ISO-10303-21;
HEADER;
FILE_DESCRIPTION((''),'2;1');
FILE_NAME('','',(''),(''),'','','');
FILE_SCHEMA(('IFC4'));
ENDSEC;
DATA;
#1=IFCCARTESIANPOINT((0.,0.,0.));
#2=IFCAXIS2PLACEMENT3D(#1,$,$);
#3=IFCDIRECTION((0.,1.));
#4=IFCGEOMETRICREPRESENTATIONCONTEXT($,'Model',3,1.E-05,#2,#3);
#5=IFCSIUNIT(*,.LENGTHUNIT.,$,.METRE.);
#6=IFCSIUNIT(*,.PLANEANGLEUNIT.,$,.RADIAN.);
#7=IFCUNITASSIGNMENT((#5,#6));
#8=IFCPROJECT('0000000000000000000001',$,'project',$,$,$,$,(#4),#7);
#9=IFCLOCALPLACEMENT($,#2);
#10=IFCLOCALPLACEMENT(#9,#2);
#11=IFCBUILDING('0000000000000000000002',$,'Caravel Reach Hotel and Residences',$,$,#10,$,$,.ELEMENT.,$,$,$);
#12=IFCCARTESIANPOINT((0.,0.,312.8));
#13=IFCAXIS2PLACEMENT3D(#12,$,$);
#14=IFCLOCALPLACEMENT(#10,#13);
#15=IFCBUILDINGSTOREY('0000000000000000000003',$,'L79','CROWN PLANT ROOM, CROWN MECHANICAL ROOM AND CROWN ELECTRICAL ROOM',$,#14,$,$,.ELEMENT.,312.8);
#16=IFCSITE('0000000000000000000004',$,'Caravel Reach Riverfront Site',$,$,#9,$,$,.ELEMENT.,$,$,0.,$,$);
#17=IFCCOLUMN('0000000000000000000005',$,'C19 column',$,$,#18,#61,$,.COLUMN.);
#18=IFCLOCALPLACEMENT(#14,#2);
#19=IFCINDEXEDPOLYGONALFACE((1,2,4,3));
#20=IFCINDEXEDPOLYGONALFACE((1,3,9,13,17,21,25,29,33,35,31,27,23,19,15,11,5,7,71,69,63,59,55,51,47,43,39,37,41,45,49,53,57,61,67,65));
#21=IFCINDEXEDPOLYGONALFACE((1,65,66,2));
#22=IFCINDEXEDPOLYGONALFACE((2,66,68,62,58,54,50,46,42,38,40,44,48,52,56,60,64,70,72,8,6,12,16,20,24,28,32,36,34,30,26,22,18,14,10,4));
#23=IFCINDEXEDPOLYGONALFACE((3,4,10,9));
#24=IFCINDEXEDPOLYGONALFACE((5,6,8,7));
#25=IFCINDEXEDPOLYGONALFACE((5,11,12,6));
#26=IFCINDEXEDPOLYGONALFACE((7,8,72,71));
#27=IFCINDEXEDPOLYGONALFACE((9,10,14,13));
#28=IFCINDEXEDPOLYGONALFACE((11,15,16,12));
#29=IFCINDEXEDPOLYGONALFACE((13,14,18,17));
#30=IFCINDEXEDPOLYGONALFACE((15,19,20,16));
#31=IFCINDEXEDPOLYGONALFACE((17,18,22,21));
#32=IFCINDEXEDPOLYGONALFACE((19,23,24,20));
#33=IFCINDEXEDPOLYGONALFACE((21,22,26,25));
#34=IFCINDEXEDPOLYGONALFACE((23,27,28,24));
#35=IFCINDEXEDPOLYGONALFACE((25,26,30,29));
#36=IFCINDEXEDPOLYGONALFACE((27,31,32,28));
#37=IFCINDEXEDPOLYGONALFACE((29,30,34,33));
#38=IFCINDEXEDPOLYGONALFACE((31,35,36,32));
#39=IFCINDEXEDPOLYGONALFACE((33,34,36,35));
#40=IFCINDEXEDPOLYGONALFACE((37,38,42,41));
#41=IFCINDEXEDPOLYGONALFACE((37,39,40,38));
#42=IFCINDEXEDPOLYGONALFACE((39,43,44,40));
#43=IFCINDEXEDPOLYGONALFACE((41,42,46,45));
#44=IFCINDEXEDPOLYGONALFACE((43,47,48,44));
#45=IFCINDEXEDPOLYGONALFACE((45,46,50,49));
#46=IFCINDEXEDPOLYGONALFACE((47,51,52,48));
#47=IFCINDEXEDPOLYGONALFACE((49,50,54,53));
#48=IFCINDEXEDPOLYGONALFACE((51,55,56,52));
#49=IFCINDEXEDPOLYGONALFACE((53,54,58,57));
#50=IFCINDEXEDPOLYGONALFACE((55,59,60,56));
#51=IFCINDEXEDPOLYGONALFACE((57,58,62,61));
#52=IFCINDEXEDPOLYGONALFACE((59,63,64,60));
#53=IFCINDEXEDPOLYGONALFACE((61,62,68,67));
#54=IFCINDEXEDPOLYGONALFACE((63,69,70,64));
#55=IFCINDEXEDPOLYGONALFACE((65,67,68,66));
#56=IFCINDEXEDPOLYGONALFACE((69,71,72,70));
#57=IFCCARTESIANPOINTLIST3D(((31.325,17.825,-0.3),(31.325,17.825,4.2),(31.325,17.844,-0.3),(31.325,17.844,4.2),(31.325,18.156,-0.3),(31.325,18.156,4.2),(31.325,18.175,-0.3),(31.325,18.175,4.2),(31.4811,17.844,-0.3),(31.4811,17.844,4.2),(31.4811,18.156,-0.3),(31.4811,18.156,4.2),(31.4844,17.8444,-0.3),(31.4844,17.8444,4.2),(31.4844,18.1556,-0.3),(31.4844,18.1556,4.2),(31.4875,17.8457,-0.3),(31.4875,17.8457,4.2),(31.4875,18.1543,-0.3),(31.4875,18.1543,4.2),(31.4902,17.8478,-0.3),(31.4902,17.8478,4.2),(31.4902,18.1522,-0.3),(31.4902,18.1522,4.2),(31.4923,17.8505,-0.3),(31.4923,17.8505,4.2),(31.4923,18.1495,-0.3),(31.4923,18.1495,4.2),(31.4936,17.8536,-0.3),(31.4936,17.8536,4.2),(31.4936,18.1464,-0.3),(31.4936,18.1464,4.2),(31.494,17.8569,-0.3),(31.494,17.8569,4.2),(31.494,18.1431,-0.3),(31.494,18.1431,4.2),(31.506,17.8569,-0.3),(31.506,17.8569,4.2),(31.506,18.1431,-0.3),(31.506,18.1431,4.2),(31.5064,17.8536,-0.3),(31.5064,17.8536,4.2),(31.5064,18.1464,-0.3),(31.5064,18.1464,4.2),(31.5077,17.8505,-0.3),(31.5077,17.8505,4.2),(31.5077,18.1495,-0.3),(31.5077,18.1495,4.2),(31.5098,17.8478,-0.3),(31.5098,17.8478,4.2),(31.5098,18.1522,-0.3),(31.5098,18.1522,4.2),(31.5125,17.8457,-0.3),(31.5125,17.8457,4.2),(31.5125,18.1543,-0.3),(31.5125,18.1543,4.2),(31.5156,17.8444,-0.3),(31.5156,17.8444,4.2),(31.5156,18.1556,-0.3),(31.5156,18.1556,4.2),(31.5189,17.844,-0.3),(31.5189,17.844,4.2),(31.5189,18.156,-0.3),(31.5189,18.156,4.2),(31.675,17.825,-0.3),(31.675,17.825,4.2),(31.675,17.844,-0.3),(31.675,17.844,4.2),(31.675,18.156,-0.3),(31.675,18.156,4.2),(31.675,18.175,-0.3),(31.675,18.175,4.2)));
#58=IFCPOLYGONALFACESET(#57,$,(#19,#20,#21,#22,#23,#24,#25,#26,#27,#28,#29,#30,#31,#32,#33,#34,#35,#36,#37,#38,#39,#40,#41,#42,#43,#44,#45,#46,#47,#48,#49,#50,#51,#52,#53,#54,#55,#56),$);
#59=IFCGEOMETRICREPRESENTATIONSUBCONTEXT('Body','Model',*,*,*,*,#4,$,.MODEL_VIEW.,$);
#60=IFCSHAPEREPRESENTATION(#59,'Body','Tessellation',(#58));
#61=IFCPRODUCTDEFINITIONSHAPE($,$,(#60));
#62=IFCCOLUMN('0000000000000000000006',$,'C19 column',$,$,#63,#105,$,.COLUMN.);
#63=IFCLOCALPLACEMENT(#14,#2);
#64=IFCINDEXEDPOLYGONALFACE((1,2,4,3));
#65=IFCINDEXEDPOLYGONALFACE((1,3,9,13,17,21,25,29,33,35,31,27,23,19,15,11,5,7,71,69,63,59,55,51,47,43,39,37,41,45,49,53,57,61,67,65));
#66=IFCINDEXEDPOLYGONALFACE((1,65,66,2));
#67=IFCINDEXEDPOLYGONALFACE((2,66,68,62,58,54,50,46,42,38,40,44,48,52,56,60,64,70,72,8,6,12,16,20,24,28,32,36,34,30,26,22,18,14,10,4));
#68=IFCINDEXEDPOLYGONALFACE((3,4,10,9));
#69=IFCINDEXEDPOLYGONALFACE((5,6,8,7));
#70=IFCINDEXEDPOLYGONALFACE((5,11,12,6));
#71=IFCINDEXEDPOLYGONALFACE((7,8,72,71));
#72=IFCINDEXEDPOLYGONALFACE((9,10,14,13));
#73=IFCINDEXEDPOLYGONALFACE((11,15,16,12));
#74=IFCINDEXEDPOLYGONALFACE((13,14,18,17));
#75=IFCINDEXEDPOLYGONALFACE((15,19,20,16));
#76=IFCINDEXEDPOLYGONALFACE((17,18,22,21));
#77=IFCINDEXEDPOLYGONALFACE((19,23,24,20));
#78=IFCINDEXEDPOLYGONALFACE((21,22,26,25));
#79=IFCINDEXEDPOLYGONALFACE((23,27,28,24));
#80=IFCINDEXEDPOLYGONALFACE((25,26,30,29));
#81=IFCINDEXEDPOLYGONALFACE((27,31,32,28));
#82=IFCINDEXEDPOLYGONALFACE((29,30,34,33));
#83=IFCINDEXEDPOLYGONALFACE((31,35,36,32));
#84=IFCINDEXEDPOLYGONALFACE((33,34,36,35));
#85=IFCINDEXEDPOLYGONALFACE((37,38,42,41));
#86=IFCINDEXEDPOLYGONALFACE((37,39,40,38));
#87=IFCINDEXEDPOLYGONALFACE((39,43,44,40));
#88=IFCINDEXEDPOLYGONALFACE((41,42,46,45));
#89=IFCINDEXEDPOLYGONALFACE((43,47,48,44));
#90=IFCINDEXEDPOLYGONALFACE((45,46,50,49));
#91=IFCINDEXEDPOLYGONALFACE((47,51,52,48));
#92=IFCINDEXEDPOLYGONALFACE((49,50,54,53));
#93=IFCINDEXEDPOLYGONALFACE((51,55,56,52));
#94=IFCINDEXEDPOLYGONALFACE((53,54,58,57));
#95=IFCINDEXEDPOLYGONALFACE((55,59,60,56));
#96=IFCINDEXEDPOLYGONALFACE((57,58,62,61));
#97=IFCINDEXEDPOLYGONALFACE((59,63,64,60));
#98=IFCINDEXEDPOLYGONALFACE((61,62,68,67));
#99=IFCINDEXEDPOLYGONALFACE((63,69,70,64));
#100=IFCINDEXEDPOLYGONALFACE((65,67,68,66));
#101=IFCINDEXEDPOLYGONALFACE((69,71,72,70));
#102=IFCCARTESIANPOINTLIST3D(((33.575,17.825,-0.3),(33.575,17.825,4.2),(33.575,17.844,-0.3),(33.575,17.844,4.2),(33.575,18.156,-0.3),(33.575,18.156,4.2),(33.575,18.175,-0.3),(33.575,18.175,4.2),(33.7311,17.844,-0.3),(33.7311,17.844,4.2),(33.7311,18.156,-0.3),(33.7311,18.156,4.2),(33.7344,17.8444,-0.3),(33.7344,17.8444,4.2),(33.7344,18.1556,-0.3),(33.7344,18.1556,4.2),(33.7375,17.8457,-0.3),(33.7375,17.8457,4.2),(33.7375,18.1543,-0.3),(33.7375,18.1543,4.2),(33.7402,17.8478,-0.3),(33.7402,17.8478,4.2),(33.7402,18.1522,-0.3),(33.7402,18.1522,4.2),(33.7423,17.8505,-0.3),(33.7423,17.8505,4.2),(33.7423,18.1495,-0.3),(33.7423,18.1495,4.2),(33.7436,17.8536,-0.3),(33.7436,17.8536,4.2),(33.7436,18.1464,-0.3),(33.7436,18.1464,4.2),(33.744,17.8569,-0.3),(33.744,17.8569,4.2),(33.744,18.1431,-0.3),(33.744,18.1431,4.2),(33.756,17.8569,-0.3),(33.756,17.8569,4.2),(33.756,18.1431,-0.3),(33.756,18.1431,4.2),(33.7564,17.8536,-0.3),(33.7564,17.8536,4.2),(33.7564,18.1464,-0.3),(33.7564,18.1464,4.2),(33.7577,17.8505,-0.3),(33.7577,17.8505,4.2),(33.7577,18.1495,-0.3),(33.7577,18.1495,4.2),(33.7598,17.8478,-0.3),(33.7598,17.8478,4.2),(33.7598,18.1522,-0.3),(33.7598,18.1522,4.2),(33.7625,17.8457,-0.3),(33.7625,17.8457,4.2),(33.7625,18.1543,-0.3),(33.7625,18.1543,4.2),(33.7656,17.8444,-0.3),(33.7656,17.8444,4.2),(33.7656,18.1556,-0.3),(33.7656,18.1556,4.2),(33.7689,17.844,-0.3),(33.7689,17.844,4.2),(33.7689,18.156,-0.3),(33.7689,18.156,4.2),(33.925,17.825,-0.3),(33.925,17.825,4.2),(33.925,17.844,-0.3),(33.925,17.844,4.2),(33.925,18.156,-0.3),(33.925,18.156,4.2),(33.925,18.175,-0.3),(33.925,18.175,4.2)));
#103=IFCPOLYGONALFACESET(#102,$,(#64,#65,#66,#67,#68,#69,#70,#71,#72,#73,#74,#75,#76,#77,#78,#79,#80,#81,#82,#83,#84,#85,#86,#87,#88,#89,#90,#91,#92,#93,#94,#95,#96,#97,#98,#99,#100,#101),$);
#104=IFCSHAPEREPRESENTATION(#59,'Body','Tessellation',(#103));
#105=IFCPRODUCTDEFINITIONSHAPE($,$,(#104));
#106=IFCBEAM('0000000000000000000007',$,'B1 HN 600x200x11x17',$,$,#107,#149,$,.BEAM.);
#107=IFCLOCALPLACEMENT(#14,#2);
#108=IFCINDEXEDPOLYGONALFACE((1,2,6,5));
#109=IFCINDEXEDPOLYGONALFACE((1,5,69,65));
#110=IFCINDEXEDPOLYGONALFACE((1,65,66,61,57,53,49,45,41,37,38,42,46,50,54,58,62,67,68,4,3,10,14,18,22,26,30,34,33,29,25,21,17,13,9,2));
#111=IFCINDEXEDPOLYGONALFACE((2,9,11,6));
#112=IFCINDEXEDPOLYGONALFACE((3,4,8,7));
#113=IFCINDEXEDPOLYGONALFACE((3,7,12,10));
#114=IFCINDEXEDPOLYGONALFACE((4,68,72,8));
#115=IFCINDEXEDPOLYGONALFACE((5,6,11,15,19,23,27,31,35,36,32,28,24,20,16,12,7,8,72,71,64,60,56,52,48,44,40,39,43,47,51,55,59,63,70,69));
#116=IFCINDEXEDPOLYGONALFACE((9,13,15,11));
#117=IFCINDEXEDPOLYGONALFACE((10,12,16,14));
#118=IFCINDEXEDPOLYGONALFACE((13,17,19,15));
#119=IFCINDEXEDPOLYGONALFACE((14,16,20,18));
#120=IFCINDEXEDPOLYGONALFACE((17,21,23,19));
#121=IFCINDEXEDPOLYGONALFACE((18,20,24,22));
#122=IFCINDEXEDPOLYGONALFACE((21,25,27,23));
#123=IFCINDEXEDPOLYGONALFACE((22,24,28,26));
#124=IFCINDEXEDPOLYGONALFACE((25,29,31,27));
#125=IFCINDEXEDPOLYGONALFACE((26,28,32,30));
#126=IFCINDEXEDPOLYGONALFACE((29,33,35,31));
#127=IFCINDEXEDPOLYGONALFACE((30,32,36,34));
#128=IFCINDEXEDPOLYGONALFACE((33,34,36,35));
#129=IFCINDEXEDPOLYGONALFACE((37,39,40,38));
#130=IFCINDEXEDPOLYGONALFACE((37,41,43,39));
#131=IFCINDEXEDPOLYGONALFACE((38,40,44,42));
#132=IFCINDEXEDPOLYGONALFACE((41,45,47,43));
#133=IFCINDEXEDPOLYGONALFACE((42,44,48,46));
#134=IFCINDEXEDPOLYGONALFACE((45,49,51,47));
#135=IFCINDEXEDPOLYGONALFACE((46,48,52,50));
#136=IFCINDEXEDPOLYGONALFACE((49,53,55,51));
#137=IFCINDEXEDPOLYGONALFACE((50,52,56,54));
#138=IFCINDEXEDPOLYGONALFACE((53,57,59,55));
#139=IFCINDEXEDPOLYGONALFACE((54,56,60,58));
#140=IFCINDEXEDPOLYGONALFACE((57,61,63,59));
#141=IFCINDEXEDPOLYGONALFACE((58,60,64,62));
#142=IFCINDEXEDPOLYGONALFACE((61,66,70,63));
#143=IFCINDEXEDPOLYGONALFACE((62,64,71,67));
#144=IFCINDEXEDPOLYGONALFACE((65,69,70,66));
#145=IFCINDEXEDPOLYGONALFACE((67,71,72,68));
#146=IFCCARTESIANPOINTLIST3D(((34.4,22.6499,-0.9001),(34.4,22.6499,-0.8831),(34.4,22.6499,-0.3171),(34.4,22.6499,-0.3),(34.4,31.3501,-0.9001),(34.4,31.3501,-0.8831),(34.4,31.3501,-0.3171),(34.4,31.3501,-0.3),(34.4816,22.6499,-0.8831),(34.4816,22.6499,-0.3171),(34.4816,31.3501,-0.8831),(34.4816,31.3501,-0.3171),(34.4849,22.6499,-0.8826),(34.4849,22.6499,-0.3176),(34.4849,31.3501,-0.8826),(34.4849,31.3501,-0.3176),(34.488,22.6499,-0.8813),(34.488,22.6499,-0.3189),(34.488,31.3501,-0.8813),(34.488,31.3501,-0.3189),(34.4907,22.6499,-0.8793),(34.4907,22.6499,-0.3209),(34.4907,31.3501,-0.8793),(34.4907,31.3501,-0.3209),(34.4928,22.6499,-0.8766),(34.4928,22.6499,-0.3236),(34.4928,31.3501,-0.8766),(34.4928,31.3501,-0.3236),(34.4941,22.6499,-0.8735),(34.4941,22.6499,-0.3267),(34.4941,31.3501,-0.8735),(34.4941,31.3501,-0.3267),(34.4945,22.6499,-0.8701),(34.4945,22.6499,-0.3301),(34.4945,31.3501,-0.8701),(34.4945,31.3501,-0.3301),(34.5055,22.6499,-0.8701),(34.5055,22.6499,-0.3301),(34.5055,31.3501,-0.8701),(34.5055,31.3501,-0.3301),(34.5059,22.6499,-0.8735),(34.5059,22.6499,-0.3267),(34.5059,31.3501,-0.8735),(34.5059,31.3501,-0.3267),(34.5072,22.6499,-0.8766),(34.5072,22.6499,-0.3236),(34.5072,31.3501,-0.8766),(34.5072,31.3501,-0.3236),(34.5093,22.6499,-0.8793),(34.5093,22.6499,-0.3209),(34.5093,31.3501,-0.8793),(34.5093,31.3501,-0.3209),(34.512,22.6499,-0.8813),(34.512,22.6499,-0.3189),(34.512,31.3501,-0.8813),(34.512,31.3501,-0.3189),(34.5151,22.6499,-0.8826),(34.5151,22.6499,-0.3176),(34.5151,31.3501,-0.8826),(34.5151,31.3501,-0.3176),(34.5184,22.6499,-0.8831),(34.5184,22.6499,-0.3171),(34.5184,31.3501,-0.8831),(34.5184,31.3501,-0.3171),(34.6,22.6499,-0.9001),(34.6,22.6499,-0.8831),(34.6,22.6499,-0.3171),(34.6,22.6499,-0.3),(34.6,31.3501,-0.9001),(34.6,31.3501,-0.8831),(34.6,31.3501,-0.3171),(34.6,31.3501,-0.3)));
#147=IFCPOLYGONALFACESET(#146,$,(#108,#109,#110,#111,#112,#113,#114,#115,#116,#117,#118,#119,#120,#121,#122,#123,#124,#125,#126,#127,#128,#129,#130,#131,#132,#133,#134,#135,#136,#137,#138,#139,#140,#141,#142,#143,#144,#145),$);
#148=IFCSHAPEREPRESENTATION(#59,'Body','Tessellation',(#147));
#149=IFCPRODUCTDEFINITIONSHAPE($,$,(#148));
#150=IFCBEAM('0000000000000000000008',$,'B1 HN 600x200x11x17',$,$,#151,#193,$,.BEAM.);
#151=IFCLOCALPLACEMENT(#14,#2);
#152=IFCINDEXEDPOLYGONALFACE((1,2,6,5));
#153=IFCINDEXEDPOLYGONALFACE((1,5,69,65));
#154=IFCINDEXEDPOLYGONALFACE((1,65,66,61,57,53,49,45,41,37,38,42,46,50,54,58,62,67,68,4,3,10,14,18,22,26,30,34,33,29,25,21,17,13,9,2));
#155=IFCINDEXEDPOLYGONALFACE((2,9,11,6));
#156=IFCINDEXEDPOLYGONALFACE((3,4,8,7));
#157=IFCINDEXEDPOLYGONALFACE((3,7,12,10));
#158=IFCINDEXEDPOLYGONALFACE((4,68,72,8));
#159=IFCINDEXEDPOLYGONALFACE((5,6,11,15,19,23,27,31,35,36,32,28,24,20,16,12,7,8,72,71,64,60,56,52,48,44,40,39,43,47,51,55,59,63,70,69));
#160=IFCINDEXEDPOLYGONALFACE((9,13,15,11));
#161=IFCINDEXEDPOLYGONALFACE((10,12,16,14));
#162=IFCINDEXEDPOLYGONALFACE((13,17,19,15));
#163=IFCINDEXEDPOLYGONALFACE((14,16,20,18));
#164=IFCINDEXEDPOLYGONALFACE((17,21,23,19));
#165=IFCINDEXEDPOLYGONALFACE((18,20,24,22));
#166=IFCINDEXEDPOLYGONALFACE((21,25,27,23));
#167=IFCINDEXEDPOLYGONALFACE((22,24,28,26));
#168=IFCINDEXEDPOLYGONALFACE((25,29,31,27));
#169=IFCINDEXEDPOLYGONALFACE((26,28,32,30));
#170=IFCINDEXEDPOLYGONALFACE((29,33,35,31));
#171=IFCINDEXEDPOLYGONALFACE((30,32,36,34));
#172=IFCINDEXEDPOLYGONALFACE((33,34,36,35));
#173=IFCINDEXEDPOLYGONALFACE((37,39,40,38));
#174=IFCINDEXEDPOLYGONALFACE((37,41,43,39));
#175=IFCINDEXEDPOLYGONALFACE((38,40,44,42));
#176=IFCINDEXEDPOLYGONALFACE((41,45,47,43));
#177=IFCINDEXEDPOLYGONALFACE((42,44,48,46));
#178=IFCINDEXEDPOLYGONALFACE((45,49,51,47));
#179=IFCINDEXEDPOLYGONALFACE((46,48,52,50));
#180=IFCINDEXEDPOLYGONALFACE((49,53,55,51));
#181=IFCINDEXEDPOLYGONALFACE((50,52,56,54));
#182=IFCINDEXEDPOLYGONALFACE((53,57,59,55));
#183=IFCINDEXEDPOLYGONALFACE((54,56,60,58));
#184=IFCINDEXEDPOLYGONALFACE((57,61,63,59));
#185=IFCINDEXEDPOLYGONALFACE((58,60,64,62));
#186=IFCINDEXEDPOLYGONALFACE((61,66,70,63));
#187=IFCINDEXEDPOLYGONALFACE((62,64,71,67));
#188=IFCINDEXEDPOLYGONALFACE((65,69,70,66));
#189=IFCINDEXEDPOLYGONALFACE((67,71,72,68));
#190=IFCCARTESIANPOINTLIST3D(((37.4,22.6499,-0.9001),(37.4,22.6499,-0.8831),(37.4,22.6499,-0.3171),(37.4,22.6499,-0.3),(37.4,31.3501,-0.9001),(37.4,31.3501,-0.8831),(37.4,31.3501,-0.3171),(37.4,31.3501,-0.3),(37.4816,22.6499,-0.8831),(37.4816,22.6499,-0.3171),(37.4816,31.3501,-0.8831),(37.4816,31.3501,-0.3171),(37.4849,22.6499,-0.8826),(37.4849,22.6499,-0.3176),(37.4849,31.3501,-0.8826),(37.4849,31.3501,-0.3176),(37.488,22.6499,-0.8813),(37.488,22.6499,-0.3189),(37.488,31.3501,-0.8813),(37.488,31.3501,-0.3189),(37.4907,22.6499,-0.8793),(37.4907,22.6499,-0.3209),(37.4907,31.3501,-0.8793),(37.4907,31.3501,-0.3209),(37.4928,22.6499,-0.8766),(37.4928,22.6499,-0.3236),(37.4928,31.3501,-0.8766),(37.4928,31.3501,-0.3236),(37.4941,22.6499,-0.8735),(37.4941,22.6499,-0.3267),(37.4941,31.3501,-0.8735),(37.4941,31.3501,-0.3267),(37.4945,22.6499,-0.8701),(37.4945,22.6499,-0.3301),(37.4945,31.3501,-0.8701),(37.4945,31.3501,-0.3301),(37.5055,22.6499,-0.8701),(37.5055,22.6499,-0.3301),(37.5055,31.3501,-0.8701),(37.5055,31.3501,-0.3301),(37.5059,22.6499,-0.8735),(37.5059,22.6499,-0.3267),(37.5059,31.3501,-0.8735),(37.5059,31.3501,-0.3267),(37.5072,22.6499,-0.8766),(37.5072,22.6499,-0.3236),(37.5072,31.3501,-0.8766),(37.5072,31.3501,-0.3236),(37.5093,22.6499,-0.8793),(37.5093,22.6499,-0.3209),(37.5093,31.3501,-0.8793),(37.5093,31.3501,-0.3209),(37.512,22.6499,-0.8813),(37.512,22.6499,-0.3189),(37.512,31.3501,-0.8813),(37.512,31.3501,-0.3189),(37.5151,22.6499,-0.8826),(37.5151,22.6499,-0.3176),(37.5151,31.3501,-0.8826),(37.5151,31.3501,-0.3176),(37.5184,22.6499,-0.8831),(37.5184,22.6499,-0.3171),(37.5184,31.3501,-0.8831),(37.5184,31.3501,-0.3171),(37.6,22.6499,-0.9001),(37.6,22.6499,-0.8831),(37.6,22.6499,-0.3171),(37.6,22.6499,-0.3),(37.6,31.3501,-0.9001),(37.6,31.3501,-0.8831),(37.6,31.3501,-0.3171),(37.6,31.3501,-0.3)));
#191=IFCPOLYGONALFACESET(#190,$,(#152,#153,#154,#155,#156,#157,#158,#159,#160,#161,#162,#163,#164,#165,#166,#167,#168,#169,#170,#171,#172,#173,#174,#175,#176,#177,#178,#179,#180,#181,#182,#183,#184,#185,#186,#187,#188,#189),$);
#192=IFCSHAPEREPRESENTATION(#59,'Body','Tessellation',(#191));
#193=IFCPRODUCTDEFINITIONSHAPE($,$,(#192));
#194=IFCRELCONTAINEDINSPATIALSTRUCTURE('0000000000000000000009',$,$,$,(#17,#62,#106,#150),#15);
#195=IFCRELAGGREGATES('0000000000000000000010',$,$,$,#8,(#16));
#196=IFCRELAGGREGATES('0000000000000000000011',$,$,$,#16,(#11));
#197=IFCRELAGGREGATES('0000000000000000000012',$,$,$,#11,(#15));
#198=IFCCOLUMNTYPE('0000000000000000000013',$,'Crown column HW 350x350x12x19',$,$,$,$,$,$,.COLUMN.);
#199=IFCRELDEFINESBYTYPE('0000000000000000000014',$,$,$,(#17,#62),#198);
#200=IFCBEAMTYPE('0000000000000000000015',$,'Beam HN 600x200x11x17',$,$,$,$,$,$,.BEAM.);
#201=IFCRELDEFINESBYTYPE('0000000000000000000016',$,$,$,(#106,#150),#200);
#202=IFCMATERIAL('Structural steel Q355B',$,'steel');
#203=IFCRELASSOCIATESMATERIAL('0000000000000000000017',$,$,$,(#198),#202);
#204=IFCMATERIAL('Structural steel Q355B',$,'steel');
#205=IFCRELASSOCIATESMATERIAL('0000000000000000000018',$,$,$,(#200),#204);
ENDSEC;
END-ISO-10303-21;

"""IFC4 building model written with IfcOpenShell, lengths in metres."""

from ifc_helpers import new_model, si_unit, direction, frame, origin, origin_2d, place, context, subcontext, project, spatial, i_section, extrude, material, material_profile, profile_set, type_object, element, save


model = new_model("IFC4")

# Units and contexts
model_context = context("Model", 3, precision=1e-05, world=origin(), true_north=direction((0.0, 1.0)))
body_context = subcontext(model_context, "Body", "Model", "MODEL_VIEW")
ifc_project = project(units=[si_unit("LENGTHUNIT", "METRE"), si_unit("PLANEANGLEUNIT", "RADIAN")], contexts=[model_context])

# Site, building, storey
site_placement = place(None, origin())
site = spatial("IfcSite", under=ifc_project, at=site_placement, Name="Caravel Reach Riverfront Site", CompositionType="ELEMENT", RefElevation=0.0)
building_placement = place(site_placement, origin())
building = spatial("IfcBuilding", under=site, at=building_placement, Name="Caravel Reach Hotel and Residences", CompositionType="ELEMENT")
storey_placement = place(building_placement, frame((0.0, 0.0, 312.8)))
storey = spatial("IfcBuildingStorey", under=building, at=storey_placement, Name="L79", Description="CROWN PLANT ROOM, CROWN MECHANICAL ROOM AND CROWN ELECTRICAL ROOM", CompositionType="ELEMENT", Elevation=312.8)

# Columns
ifc_material_1 = material(Name="Structural steel Q355B", Category="steel")
ifc_material_profile_1 = material_profile(ifc_material_1, i_section(OverallWidth=0.3501, OverallDepth=0.3501, WebThickness=0.012, FlangeThickness=0.019, FilletRadius=0.0129, at=origin_2d()), Name="HW 350x350x12x19")
ifc_profile_set_1 = profile_set([ifc_material_profile_1], Name="Structural steel Q355B")
column_type = type_object("IfcColumnType", Name="Crown column HW 350x350x12x19", PredefinedType="COLUMN", material=ifc_profile_set_1)
for number, where, z_axis, x_axis, name in (
    (1, (31.5, 18.0, -0.3), (0.0, 0.0, 1.0), (1.0, 0.0, 0.0), "C19 column"),
    (2, (33.75, 18.0, -0.3), (0.0, 0.0, 1.0), (1.0, 0.0, 0.0), "C19 column"),
):
    element("IfcColumn", number, at=place(storey_placement, frame(where, z_axis=z_axis, x_axis=x_axis)), inside=storey, type_object=column_type, Name=name, PredefinedType="COLUMN", context=body_context, shape_type="SweptSolid", body=[
        extrude(i_section(OverallWidth=0.3501, OverallDepth=0.3501, WebThickness=0.012, FlangeThickness=0.019, FilletRadius=0.0129, at=origin_2d()), origin(), (0.0, 0.0, 1.0), 4.5),
    ])

# Beams
ifc_material_2 = material(Name="Structural steel Q355B", Category="steel")
ifc_material_profile_2 = material_profile(ifc_material_2, i_section(OverallWidth=0.2, OverallDepth=0.6001, WebThickness=0.011, FlangeThickness=0.0171, FilletRadius=0.0129, at=origin_2d()), Name="HN 600x200x11x17")
ifc_profile_set_2 = profile_set([ifc_material_profile_2], Name="Structural steel Q355B")
beam_type_1 = type_object("IfcBeamType", Name="Beam HN 600x200x11x17", PredefinedType="BEAM", material=ifc_profile_set_2)
for number, where, z_axis, x_axis, name in (
    (3, (34.5, 22.6499, -0.6001), (0.0, 1.0, 0.0), (-1.0, 0.0, 0.0), "B1 HN 600x200x11x17"),
    (4, (37.5, 22.6499, -0.6001), (0.0, 1.0, 0.0), (-1.0, 0.0, 0.0), "B1 HN 600x200x11x17"),
):
    element("IfcBeam", number, at=place(storey_placement, frame(where, z_axis=z_axis, x_axis=x_axis)), inside=storey, type_object=beam_type_1, Name=name, PredefinedType="BEAM", context=body_context, shape_type="SweptSolid", body=[
        extrude(i_section(OverallWidth=0.2, OverallDepth=0.6001, WebThickness=0.011, FlangeThickness=0.0171, FilletRadius=0.0129, at=origin_2d()), origin(), (0.0, 0.0, 1.0), 8.7002),
    ])

save(model, "model.ifc")
